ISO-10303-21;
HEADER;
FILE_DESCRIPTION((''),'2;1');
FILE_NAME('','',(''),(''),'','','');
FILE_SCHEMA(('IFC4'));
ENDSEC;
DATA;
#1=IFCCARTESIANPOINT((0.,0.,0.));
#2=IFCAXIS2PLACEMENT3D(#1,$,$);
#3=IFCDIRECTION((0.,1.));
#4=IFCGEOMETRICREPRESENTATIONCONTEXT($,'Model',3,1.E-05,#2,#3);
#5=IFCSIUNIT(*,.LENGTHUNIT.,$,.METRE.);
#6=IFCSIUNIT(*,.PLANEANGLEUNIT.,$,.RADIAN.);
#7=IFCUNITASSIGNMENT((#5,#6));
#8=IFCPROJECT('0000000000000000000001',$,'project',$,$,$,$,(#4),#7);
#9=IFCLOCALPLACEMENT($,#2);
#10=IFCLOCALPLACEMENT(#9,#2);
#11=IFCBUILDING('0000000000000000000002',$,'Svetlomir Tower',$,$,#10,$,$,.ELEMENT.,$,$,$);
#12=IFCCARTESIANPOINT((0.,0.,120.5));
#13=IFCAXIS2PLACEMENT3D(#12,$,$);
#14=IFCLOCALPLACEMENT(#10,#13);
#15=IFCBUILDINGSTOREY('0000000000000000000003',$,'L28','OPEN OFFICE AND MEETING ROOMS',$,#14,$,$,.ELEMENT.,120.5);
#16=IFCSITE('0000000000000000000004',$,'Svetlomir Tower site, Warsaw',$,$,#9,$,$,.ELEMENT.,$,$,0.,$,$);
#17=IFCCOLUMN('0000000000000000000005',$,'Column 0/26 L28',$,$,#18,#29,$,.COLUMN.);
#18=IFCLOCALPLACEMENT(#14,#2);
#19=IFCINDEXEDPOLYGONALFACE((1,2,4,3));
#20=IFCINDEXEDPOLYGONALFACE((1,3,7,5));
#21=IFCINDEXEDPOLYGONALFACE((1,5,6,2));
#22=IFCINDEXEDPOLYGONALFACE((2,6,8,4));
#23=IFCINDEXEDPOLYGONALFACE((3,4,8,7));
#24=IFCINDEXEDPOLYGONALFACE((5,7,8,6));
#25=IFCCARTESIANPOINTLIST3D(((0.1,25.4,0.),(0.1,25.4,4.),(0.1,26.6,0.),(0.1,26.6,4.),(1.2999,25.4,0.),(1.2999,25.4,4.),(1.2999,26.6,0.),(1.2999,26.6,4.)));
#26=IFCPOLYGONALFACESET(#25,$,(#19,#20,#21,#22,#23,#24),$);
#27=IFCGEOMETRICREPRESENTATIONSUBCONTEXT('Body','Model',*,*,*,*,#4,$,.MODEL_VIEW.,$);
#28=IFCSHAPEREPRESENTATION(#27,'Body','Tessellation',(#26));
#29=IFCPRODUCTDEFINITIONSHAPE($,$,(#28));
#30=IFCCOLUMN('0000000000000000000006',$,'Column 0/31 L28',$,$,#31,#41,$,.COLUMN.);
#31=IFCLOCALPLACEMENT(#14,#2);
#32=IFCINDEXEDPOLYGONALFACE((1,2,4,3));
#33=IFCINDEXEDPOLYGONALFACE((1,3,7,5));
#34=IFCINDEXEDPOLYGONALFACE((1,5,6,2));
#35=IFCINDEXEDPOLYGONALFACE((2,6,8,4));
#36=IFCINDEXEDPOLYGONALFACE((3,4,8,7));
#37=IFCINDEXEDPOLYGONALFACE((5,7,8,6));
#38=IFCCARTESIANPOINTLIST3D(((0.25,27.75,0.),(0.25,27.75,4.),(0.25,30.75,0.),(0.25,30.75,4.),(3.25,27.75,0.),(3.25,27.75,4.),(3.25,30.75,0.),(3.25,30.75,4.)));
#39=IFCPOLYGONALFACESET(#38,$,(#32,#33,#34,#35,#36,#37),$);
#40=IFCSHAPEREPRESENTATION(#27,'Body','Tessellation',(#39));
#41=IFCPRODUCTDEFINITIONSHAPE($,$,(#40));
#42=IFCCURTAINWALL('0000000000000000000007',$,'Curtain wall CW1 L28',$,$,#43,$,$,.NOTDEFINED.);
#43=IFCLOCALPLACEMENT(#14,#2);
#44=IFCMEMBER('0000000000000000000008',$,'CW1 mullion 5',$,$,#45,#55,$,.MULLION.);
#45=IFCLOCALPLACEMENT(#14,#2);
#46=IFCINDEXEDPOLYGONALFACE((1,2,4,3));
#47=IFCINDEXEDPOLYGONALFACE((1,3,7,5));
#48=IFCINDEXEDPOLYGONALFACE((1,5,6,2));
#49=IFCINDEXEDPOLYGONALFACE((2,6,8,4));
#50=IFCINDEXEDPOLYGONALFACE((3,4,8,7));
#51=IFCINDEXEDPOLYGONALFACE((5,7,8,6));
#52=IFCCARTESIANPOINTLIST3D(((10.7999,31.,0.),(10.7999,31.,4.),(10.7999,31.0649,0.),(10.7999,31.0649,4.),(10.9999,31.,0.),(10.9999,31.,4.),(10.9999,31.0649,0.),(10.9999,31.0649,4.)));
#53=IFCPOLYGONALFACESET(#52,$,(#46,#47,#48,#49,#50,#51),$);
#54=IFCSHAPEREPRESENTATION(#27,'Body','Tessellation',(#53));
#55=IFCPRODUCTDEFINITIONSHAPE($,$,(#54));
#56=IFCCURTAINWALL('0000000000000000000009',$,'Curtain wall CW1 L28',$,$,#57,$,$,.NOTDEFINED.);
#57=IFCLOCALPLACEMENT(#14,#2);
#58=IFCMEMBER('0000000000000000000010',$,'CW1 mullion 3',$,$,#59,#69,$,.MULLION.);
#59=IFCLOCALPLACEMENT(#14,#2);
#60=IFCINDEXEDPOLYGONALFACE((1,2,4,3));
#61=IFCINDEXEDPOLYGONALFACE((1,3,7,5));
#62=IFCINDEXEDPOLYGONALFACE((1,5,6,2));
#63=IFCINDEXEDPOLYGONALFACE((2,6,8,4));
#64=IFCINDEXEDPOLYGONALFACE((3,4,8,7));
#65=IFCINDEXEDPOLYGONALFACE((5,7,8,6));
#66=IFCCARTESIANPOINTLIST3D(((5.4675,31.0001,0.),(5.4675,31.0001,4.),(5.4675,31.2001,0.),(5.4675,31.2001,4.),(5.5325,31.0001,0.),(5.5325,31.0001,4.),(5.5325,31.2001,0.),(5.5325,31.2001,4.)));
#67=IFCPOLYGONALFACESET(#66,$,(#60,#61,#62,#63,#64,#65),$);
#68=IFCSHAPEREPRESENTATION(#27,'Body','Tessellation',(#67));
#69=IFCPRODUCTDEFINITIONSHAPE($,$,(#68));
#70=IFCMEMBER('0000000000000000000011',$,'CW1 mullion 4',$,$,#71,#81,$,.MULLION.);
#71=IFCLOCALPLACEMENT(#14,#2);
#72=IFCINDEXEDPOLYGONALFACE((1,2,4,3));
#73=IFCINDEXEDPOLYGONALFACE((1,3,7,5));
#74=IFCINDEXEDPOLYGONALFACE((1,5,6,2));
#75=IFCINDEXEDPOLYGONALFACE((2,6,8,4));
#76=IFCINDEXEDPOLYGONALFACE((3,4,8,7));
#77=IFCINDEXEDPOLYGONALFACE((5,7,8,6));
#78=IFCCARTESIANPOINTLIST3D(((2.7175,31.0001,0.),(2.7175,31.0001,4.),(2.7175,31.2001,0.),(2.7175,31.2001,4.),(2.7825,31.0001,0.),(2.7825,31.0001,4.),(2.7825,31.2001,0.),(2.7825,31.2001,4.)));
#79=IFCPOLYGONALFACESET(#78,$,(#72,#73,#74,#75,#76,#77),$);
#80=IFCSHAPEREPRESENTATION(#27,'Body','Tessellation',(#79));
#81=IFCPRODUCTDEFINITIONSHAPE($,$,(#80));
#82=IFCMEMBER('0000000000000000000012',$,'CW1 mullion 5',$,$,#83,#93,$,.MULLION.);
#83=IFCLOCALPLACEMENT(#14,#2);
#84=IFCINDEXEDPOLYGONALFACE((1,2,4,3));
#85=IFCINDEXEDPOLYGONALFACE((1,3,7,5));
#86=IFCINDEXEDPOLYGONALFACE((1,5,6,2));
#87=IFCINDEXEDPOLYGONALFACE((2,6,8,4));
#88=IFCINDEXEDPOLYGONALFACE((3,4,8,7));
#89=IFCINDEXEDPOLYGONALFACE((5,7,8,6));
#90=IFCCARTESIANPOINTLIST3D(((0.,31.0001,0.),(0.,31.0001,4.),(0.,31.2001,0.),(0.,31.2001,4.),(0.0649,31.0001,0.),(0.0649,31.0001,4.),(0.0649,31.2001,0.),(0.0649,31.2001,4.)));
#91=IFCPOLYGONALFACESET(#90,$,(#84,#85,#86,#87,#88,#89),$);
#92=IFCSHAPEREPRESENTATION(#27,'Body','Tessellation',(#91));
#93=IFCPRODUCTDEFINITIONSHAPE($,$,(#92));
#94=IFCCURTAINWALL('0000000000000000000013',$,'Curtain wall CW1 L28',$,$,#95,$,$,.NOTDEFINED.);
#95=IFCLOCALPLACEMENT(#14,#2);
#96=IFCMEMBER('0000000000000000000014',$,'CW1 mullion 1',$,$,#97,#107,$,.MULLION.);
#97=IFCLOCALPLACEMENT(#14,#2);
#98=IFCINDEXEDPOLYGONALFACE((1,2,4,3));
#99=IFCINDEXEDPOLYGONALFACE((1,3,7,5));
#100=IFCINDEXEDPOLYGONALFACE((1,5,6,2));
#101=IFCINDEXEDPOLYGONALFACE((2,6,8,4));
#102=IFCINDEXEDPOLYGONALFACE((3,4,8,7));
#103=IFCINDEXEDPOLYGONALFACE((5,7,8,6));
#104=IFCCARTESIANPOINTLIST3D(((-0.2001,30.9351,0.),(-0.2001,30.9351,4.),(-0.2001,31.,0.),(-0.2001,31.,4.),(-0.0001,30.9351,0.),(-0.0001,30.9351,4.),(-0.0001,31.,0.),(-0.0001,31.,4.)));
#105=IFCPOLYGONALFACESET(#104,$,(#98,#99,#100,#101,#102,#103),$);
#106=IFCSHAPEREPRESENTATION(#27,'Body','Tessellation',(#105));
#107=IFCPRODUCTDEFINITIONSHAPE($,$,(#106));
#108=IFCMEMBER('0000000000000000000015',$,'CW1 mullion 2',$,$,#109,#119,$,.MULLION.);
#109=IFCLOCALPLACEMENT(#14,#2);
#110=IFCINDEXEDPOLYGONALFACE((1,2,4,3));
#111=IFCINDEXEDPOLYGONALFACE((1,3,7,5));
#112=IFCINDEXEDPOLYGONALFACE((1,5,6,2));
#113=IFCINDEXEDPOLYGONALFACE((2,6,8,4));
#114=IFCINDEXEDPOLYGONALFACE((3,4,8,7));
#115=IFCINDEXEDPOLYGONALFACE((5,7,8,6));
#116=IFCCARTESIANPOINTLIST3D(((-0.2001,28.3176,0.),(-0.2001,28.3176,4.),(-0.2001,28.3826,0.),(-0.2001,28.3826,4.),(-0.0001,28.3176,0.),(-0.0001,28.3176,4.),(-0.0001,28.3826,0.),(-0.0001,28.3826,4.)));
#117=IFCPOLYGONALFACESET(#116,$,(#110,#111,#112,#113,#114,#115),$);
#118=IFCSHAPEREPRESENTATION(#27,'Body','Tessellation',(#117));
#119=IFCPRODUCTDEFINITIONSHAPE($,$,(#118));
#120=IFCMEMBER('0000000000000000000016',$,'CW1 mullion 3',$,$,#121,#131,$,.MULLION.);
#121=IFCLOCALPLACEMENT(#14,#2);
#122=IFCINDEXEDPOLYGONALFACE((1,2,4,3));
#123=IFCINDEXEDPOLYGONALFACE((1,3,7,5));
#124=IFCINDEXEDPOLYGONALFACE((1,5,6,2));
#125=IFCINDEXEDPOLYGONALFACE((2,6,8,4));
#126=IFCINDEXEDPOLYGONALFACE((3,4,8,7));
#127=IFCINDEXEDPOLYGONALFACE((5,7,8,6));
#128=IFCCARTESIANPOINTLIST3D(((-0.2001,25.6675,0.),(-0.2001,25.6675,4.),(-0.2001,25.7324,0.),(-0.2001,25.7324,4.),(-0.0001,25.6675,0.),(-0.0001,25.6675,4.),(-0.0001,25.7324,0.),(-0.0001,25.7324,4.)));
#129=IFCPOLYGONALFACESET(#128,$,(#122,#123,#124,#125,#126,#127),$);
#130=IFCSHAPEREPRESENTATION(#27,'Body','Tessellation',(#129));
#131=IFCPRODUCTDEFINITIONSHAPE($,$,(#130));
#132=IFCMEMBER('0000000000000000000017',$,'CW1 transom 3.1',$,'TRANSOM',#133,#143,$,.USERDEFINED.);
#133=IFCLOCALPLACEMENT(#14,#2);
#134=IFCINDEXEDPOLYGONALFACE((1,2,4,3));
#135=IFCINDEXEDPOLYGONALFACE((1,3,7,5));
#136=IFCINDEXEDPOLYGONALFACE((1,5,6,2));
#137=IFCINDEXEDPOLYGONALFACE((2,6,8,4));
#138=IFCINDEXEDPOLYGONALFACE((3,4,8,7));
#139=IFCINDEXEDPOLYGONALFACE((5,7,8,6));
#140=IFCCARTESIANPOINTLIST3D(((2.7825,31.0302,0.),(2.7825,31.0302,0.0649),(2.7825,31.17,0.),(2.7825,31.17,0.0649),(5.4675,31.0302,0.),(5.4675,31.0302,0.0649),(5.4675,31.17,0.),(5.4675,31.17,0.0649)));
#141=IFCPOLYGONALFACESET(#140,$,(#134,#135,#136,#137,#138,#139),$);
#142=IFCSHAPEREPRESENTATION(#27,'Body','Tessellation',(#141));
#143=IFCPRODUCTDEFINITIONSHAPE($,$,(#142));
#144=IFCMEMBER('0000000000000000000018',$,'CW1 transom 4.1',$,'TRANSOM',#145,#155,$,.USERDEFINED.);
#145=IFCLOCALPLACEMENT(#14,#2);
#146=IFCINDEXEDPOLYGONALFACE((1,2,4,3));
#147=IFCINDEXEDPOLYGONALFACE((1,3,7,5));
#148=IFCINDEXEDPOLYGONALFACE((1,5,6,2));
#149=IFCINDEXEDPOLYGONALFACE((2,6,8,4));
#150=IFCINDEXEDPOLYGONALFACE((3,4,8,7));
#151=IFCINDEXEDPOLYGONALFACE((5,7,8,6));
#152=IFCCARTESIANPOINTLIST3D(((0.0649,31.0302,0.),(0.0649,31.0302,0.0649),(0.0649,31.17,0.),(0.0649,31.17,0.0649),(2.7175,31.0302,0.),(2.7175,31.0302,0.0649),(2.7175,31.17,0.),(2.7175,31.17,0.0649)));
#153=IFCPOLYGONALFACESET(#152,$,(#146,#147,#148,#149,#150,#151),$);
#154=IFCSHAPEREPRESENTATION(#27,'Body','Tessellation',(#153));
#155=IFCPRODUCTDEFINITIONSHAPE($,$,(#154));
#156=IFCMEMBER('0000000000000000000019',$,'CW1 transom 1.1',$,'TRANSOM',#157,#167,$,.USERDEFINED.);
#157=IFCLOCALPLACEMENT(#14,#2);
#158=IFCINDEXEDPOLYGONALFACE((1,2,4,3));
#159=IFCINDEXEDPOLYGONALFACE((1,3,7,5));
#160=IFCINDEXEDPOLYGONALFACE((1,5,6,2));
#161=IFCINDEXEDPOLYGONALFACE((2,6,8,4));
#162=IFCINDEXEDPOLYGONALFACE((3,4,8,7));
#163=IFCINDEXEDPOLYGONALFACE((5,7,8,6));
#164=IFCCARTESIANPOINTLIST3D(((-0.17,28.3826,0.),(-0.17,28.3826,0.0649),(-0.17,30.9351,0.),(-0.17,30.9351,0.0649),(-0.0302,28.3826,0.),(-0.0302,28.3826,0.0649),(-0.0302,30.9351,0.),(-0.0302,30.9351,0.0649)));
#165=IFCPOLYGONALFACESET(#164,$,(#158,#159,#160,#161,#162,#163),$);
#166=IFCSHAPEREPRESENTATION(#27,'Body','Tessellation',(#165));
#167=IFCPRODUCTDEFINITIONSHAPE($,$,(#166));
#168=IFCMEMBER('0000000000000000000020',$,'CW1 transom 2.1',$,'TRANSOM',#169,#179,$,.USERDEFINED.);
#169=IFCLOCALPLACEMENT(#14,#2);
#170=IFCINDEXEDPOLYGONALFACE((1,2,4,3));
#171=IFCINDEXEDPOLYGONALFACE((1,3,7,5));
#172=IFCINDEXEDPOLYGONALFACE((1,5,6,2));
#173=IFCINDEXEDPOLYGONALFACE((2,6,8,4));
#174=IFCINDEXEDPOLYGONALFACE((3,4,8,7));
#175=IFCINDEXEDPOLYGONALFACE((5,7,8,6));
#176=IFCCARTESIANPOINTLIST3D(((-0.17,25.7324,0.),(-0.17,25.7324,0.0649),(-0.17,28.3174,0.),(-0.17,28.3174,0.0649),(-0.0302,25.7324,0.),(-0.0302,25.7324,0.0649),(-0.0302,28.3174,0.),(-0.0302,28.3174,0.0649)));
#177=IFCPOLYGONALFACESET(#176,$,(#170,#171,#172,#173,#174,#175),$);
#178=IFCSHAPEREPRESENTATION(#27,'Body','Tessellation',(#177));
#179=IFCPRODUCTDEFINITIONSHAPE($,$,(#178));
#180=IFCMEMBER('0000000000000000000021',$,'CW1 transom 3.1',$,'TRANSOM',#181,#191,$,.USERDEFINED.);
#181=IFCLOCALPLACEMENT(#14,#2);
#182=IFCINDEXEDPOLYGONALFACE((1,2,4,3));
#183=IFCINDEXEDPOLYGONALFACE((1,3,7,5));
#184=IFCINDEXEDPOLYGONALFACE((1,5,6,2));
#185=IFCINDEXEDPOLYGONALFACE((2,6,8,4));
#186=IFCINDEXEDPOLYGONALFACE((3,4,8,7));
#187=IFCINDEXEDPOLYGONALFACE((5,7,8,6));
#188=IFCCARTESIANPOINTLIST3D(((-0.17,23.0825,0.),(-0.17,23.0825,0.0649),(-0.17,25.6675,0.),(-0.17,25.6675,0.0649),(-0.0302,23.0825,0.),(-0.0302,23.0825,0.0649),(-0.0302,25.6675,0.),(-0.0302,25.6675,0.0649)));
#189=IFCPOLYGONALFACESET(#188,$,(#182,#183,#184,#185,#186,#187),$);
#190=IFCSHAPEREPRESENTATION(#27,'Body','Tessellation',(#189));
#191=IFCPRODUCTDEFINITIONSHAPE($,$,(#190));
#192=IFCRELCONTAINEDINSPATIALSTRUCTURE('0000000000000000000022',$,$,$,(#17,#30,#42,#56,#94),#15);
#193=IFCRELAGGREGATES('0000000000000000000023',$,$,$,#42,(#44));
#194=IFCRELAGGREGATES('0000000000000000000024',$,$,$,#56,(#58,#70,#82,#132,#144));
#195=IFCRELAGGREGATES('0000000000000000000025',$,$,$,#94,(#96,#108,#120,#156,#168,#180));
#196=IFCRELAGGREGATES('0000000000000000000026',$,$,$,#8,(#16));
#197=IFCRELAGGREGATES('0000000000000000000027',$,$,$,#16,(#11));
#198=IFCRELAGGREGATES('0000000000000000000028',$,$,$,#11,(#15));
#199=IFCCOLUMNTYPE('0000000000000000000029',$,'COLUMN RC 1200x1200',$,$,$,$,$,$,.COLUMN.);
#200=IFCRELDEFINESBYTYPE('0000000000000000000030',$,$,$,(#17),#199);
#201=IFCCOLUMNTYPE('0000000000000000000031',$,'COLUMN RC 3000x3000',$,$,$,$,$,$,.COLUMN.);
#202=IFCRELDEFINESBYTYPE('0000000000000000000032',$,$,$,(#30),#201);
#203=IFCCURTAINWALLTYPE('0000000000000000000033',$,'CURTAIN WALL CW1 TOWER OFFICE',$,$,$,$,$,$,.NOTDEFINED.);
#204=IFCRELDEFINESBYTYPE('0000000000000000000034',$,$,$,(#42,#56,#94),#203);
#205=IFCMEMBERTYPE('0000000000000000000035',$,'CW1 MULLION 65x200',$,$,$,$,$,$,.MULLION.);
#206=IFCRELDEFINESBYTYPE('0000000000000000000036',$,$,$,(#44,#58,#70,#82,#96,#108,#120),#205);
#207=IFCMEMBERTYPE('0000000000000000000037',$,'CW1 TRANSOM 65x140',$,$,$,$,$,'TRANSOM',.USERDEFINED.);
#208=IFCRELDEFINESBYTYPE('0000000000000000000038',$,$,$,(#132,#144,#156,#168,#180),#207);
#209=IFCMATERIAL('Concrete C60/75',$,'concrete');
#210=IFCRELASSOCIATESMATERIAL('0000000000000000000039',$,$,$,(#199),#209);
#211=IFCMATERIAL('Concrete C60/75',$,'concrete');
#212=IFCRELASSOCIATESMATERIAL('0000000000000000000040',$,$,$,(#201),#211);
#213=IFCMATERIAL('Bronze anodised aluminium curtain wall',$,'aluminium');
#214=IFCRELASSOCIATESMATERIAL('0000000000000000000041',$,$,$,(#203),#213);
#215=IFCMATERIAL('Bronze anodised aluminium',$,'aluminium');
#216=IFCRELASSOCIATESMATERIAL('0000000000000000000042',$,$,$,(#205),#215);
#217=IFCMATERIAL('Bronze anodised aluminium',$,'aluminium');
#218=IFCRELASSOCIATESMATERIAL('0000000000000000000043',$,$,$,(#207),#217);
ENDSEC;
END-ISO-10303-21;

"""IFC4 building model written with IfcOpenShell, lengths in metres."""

from ifc_helpers import new_model, si_unit, direction, frame, origin, origin_2d, place, context, subcontext, project, spatial, rectangle, extrude, material, material_profile, profile_set, type_object, element, aggregate, save


model = new_model("IFC4")

# Units and contexts
model_context = context("Model", 3, precision=1e-05, world=origin(), true_north=direction((0.0, 1.0)))
body_context = subcontext(model_context, "Body", "Model", "MODEL_VIEW")
ifc_project = project(units=[si_unit("LENGTHUNIT", "METRE"), si_unit("PLANEANGLEUNIT", "RADIAN")], contexts=[model_context])

# Site, building, storey
site_placement = place(None, origin())
site = spatial("IfcSite", under=ifc_project, at=site_placement, Name="Svetlomir Tower site, Warsaw", CompositionType="ELEMENT", RefElevation=0.0)
building_placement = place(site_placement, origin())
building = spatial("IfcBuilding", under=site, at=building_placement, Name="Svetlomir Tower", CompositionType="ELEMENT")
storey_placement = place(building_placement, frame((0.0, 0.0, 120.5)))
storey = spatial("IfcBuildingStorey", under=building, at=storey_placement, Name="L28", Description="OPEN OFFICE AND MEETING ROOMS", CompositionType="ELEMENT", Elevation=120.5)

# Columns
ifc_material_1 = material(Name="Concrete C60/75", Category="concrete")
ifc_material_profile_1 = material_profile(ifc_material_1, rectangle(XDim=1.2, YDim=1.2, at=origin_2d()), Name="RC 1200x1200")
ifc_profile_set_1 = profile_set([ifc_material_profile_1], Name="Concrete C60/75")
column_type_1 = type_object("IfcColumnType", Name="COLUMN RC 1200x1200", PredefinedType="COLUMN", material=ifc_profile_set_1)
column_1_placement = place(storey_placement, frame((0.7, 26.0, 0.0), z_axis=(0.0, 0.0, 1.0), x_axis=(1.0, 0.0, 0.0)))
element("IfcColumn", 1, at=column_1_placement, inside=storey, type_object=column_type_1, Name="Column 0/26 L28", PredefinedType="COLUMN", context=body_context, shape_type="SweptSolid", body=[
    extrude(rectangle(XDim=1.2, YDim=1.2, at=origin_2d()), origin(), (0.0, 0.0, 1.0), 4.0),
])
ifc_material_2 = material(Name="Concrete C60/75", Category="concrete")
ifc_material_profile_2 = material_profile(ifc_material_2, rectangle(XDim=3.0, YDim=3.0, at=origin_2d()), Name="RC 3000x3000")
ifc_profile_set_2 = profile_set([ifc_material_profile_2], Name="Concrete C60/75")
column_type_2 = type_object("IfcColumnType", Name="COLUMN RC 3000x3000", PredefinedType="COLUMN", material=ifc_profile_set_2)
column_2_placement = place(storey_placement, frame((1.75, 29.25, 0.0), z_axis=(0.0, 0.0, 1.0), x_axis=(1.0, 0.0, 0.0)))
element("IfcColumn", 2, at=column_2_placement, inside=storey, type_object=column_type_2, Name="Column 0/31 L28", PredefinedType="COLUMN", context=body_context, shape_type="SweptSolid", body=[
    extrude(rectangle(XDim=3.0, YDim=3.0, at=origin_2d()), origin(), (0.0, 0.0, 1.0), 4.0),
])

# Curtain wall, member
ifc_material_3 = material(Name="Bronze anodised aluminium curtain wall", Category="aluminium")
curtain_wall_type = type_object("IfcCurtainWallType", Name="CURTAIN WALL CW1 TOWER OFFICE", PredefinedType="NOTDEFINED", material=ifc_material_3)
curtain_wall_1_placement = place(storey_placement, origin())
curtain_wall_1 = element("IfcCurtainWall", 3, at=curtain_wall_1_placement, inside=storey, type_object=curtain_wall_type, Name="Curtain wall CW1 L28", PredefinedType="NOTDEFINED")
ifc_material_4 = material(Name="Bronze anodised aluminium", Category="aluminium")
ifc_material_profile_3 = material_profile(ifc_material_4, rectangle(XDim=0.0649, YDim=0.2, at=origin_2d()), Name="AL 65x200")
ifc_profile_set_3 = profile_set([ifc_material_profile_3], Name="Bronze anodised aluminium 6063-T6")
member_type_1 = type_object("IfcMemberType", Name="CW1 MULLION 65x200", PredefinedType="MULLION", material=ifc_profile_set_3)
member_1_placement = place(storey_placement, frame((10.8999, 31.0325, 0.0), z_axis=(0.0, 0.0, 1.0), x_axis=(0.0, -1.0, 0.0)))
member_1 = element("IfcMember", 4, at=member_1_placement, type_object=member_type_1, Name="CW1 mullion 5", PredefinedType="MULLION", context=body_context, shape_type="SweptSolid", body=[
    extrude(rectangle(XDim=0.0649, YDim=0.2, at=origin_2d()), origin(), (0.0, 0.0, 1.0), 4.0),
])
aggregate(curtain_wall_1, [member_1])

# Curtain walls, members
curtain_wall_2_placement = place(storey_placement, origin())
curtain_wall_2 = element("IfcCurtainWall", 5, at=curtain_wall_2_placement, inside=storey, type_object=curtain_wall_type, Name="Curtain wall CW1 L28", PredefinedType="NOTDEFINED")
member_2_placement = place(storey_placement, frame((5.5, 31.1001, 0.0), z_axis=(0.0, 0.0, 1.0), x_axis=(-1.0, 0.0, 0.0)))
member_2 = element("IfcMember", 6, at=member_2_placement, type_object=member_type_1, Name="CW1 mullion 3", PredefinedType="MULLION", context=body_context, shape_type="SweptSolid", body=[
    extrude(rectangle(XDim=0.0649, YDim=0.2, at=origin_2d()), origin(), (0.0, 0.0, 1.0), 4.0),
])
member_3_placement = place(storey_placement, frame((2.75, 31.1001, 0.0), z_axis=(0.0, 0.0, 1.0), x_axis=(-1.0, 0.0, 0.0)))
member_3 = element("IfcMember", 7, at=member_3_placement, type_object=member_type_1, Name="CW1 mullion 4", PredefinedType="MULLION", context=body_context, shape_type="SweptSolid", body=[
    extrude(rectangle(XDim=0.0649, YDim=0.2, at=origin_2d()), origin(), (0.0, 0.0, 1.0), 4.0),
])
member_4_placement = place(storey_placement, frame((0.0325, 31.1001, 0.0), z_axis=(0.0, 0.0, 1.0), x_axis=(-1.0, 0.0, 0.0)))
member_4 = element("IfcMember", 8, at=member_4_placement, type_object=member_type_1, Name="CW1 mullion 5", PredefinedType="MULLION", context=body_context, shape_type="SweptSolid", body=[
    extrude(rectangle(XDim=0.0649, YDim=0.2, at=origin_2d()), origin(), (0.0, 0.0, 1.0), 4.0),
])
curtain_wall_3_placement = place(storey_placement, origin())
curtain_wall_3 = element("IfcCurtainWall", 9, at=curtain_wall_3_placement, inside=storey, type_object=curtain_wall_type, Name="Curtain wall CW1 L28", PredefinedType="NOTDEFINED")
member_5_placement = place(storey_placement, frame((-0.1001, 30.9675, 0.0), z_axis=(0.0, 0.0, 1.0), x_axis=(0.0, -1.0, 0.0)))
member_5 = element("IfcMember", 10, at=member_5_placement, type_object=member_type_1, Name="CW1 mullion 1", PredefinedType="MULLION", context=body_context, shape_type="SweptSolid", body=[
    extrude(rectangle(XDim=0.0649, YDim=0.2, at=origin_2d()), origin(), (0.0, 0.0, 1.0), 4.0),
])
member_6_placement = place(storey_placement, frame((-0.1001, 28.3501, 0.0), z_axis=(0.0, 0.0, 1.0), x_axis=(0.0, -1.0, 0.0)))
member_6 = element("IfcMember", 11, at=member_6_placement, type_object=member_type_1, Name="CW1 mullion 2", PredefinedType="MULLION", context=body_context, shape_type="SweptSolid", body=[
    extrude(rectangle(XDim=0.0649, YDim=0.2, at=origin_2d()), origin(), (0.0, 0.0, 1.0), 4.0),
])
member_7_placement = place(storey_placement, frame((-0.1001, 25.7, 0.0), z_axis=(0.0, 0.0, 1.0), x_axis=(0.0, -1.0, 0.0)))
member_7 = element("IfcMember", 12, at=member_7_placement, type_object=member_type_1, Name="CW1 mullion 3", PredefinedType="MULLION", context=body_context, shape_type="SweptSolid", body=[
    extrude(rectangle(XDim=0.0649, YDim=0.2, at=origin_2d()), origin(), (0.0, 0.0, 1.0), 4.0),
])

# Members
ifc_material_5 = material(Name="Bronze anodised aluminium", Category="aluminium")
ifc_material_profile_4 = material_profile(ifc_material_5, rectangle(XDim=0.1399, YDim=0.0649, at=origin_2d()), Name="AL 140x65")
ifc_profile_set_4 = profile_set([ifc_material_profile_4], Name="Bronze anodised aluminium 6063-T6")
member_type_2 = type_object("IfcMemberType", Name="CW1 TRANSOM 65x140", ElementType="TRANSOM", PredefinedType="USERDEFINED", material=ifc_profile_set_4)
member_8_placement = place(storey_placement, frame((5.4675, 31.1001, 0.0325), z_axis=(-1.0, 0.0, 0.0), x_axis=(0.0, -1.0, 0.0)))
member_8 = element("IfcMember", 13, at=member_8_placement, type_object=member_type_2, Name="CW1 transom 3.1", ObjectType="TRANSOM", PredefinedType="USERDEFINED", context=body_context, shape_type="SweptSolid", body=[
    extrude(rectangle(XDim=0.1399, YDim=0.0649, at=origin_2d()), origin(), (0.0, 0.0, 1.0), 2.6851),
])
member_9_placement = place(storey_placement, frame((2.7175, 31.1001, 0.0325), z_axis=(-1.0, 0.0, 0.0), x_axis=(0.0, -1.0, 0.0)))
member_9 = element("IfcMember", 14, at=member_9_placement, type_object=member_type_2, Name="CW1 transom 4.1", ObjectType="TRANSOM", PredefinedType="USERDEFINED", context=body_context, shape_type="SweptSolid", body=[
    extrude(rectangle(XDim=0.1399, YDim=0.0649, at=origin_2d()), origin(), (0.0, 0.0, 1.0), 2.6526),
])
member_10_placement = place(storey_placement, frame((-0.1001, 30.9351, 0.0325), z_axis=(0.0, -1.0, 0.0), x_axis=(1.0, 0.0, 0.0)))
member_10 = element("IfcMember", 15, at=member_10_placement, type_object=member_type_2, Name="CW1 transom 1.1", ObjectType="TRANSOM", PredefinedType="USERDEFINED", context=body_context, shape_type="SweptSolid", body=[
    extrude(rectangle(XDim=0.1399, YDim=0.0649, at=origin_2d()), origin(), (0.0, 0.0, 1.0), 2.5525),
])
member_11_placement = place(storey_placement, frame((-0.1001, 28.3174, 0.0325), z_axis=(0.0, -1.0, 0.0), x_axis=(1.0, 0.0, 0.0)))
member_11 = element("IfcMember", 16, at=member_11_placement, type_object=member_type_2, Name="CW1 transom 2.1", ObjectType="TRANSOM", PredefinedType="USERDEFINED", context=body_context, shape_type="SweptSolid", body=[
    extrude(rectangle(XDim=0.1399, YDim=0.0649, at=origin_2d()), origin(), (0.0, 0.0, 1.0), 2.585),
])
member_12_placement = place(storey_placement, frame((-0.1001, 25.6675, 0.0325), z_axis=(0.0, -1.0, 0.0), x_axis=(1.0, 0.0, 0.0)))
member_12 = element("IfcMember", 17, at=member_12_placement, type_object=member_type_2, Name="CW1 transom 3.1", ObjectType="TRANSOM", PredefinedType="USERDEFINED", context=body_context, shape_type="SweptSolid", body=[
    extrude(rectangle(XDim=0.1399, YDim=0.0649, at=origin_2d()), origin(), (0.0, 0.0, 1.0), 2.585),
])

aggregate(curtain_wall_2, [member_2, member_3, member_4, member_8, member_9])
aggregate(curtain_wall_3, [member_5, member_6, member_7, member_10, member_11, member_12])

save(model, "model.ifc")
